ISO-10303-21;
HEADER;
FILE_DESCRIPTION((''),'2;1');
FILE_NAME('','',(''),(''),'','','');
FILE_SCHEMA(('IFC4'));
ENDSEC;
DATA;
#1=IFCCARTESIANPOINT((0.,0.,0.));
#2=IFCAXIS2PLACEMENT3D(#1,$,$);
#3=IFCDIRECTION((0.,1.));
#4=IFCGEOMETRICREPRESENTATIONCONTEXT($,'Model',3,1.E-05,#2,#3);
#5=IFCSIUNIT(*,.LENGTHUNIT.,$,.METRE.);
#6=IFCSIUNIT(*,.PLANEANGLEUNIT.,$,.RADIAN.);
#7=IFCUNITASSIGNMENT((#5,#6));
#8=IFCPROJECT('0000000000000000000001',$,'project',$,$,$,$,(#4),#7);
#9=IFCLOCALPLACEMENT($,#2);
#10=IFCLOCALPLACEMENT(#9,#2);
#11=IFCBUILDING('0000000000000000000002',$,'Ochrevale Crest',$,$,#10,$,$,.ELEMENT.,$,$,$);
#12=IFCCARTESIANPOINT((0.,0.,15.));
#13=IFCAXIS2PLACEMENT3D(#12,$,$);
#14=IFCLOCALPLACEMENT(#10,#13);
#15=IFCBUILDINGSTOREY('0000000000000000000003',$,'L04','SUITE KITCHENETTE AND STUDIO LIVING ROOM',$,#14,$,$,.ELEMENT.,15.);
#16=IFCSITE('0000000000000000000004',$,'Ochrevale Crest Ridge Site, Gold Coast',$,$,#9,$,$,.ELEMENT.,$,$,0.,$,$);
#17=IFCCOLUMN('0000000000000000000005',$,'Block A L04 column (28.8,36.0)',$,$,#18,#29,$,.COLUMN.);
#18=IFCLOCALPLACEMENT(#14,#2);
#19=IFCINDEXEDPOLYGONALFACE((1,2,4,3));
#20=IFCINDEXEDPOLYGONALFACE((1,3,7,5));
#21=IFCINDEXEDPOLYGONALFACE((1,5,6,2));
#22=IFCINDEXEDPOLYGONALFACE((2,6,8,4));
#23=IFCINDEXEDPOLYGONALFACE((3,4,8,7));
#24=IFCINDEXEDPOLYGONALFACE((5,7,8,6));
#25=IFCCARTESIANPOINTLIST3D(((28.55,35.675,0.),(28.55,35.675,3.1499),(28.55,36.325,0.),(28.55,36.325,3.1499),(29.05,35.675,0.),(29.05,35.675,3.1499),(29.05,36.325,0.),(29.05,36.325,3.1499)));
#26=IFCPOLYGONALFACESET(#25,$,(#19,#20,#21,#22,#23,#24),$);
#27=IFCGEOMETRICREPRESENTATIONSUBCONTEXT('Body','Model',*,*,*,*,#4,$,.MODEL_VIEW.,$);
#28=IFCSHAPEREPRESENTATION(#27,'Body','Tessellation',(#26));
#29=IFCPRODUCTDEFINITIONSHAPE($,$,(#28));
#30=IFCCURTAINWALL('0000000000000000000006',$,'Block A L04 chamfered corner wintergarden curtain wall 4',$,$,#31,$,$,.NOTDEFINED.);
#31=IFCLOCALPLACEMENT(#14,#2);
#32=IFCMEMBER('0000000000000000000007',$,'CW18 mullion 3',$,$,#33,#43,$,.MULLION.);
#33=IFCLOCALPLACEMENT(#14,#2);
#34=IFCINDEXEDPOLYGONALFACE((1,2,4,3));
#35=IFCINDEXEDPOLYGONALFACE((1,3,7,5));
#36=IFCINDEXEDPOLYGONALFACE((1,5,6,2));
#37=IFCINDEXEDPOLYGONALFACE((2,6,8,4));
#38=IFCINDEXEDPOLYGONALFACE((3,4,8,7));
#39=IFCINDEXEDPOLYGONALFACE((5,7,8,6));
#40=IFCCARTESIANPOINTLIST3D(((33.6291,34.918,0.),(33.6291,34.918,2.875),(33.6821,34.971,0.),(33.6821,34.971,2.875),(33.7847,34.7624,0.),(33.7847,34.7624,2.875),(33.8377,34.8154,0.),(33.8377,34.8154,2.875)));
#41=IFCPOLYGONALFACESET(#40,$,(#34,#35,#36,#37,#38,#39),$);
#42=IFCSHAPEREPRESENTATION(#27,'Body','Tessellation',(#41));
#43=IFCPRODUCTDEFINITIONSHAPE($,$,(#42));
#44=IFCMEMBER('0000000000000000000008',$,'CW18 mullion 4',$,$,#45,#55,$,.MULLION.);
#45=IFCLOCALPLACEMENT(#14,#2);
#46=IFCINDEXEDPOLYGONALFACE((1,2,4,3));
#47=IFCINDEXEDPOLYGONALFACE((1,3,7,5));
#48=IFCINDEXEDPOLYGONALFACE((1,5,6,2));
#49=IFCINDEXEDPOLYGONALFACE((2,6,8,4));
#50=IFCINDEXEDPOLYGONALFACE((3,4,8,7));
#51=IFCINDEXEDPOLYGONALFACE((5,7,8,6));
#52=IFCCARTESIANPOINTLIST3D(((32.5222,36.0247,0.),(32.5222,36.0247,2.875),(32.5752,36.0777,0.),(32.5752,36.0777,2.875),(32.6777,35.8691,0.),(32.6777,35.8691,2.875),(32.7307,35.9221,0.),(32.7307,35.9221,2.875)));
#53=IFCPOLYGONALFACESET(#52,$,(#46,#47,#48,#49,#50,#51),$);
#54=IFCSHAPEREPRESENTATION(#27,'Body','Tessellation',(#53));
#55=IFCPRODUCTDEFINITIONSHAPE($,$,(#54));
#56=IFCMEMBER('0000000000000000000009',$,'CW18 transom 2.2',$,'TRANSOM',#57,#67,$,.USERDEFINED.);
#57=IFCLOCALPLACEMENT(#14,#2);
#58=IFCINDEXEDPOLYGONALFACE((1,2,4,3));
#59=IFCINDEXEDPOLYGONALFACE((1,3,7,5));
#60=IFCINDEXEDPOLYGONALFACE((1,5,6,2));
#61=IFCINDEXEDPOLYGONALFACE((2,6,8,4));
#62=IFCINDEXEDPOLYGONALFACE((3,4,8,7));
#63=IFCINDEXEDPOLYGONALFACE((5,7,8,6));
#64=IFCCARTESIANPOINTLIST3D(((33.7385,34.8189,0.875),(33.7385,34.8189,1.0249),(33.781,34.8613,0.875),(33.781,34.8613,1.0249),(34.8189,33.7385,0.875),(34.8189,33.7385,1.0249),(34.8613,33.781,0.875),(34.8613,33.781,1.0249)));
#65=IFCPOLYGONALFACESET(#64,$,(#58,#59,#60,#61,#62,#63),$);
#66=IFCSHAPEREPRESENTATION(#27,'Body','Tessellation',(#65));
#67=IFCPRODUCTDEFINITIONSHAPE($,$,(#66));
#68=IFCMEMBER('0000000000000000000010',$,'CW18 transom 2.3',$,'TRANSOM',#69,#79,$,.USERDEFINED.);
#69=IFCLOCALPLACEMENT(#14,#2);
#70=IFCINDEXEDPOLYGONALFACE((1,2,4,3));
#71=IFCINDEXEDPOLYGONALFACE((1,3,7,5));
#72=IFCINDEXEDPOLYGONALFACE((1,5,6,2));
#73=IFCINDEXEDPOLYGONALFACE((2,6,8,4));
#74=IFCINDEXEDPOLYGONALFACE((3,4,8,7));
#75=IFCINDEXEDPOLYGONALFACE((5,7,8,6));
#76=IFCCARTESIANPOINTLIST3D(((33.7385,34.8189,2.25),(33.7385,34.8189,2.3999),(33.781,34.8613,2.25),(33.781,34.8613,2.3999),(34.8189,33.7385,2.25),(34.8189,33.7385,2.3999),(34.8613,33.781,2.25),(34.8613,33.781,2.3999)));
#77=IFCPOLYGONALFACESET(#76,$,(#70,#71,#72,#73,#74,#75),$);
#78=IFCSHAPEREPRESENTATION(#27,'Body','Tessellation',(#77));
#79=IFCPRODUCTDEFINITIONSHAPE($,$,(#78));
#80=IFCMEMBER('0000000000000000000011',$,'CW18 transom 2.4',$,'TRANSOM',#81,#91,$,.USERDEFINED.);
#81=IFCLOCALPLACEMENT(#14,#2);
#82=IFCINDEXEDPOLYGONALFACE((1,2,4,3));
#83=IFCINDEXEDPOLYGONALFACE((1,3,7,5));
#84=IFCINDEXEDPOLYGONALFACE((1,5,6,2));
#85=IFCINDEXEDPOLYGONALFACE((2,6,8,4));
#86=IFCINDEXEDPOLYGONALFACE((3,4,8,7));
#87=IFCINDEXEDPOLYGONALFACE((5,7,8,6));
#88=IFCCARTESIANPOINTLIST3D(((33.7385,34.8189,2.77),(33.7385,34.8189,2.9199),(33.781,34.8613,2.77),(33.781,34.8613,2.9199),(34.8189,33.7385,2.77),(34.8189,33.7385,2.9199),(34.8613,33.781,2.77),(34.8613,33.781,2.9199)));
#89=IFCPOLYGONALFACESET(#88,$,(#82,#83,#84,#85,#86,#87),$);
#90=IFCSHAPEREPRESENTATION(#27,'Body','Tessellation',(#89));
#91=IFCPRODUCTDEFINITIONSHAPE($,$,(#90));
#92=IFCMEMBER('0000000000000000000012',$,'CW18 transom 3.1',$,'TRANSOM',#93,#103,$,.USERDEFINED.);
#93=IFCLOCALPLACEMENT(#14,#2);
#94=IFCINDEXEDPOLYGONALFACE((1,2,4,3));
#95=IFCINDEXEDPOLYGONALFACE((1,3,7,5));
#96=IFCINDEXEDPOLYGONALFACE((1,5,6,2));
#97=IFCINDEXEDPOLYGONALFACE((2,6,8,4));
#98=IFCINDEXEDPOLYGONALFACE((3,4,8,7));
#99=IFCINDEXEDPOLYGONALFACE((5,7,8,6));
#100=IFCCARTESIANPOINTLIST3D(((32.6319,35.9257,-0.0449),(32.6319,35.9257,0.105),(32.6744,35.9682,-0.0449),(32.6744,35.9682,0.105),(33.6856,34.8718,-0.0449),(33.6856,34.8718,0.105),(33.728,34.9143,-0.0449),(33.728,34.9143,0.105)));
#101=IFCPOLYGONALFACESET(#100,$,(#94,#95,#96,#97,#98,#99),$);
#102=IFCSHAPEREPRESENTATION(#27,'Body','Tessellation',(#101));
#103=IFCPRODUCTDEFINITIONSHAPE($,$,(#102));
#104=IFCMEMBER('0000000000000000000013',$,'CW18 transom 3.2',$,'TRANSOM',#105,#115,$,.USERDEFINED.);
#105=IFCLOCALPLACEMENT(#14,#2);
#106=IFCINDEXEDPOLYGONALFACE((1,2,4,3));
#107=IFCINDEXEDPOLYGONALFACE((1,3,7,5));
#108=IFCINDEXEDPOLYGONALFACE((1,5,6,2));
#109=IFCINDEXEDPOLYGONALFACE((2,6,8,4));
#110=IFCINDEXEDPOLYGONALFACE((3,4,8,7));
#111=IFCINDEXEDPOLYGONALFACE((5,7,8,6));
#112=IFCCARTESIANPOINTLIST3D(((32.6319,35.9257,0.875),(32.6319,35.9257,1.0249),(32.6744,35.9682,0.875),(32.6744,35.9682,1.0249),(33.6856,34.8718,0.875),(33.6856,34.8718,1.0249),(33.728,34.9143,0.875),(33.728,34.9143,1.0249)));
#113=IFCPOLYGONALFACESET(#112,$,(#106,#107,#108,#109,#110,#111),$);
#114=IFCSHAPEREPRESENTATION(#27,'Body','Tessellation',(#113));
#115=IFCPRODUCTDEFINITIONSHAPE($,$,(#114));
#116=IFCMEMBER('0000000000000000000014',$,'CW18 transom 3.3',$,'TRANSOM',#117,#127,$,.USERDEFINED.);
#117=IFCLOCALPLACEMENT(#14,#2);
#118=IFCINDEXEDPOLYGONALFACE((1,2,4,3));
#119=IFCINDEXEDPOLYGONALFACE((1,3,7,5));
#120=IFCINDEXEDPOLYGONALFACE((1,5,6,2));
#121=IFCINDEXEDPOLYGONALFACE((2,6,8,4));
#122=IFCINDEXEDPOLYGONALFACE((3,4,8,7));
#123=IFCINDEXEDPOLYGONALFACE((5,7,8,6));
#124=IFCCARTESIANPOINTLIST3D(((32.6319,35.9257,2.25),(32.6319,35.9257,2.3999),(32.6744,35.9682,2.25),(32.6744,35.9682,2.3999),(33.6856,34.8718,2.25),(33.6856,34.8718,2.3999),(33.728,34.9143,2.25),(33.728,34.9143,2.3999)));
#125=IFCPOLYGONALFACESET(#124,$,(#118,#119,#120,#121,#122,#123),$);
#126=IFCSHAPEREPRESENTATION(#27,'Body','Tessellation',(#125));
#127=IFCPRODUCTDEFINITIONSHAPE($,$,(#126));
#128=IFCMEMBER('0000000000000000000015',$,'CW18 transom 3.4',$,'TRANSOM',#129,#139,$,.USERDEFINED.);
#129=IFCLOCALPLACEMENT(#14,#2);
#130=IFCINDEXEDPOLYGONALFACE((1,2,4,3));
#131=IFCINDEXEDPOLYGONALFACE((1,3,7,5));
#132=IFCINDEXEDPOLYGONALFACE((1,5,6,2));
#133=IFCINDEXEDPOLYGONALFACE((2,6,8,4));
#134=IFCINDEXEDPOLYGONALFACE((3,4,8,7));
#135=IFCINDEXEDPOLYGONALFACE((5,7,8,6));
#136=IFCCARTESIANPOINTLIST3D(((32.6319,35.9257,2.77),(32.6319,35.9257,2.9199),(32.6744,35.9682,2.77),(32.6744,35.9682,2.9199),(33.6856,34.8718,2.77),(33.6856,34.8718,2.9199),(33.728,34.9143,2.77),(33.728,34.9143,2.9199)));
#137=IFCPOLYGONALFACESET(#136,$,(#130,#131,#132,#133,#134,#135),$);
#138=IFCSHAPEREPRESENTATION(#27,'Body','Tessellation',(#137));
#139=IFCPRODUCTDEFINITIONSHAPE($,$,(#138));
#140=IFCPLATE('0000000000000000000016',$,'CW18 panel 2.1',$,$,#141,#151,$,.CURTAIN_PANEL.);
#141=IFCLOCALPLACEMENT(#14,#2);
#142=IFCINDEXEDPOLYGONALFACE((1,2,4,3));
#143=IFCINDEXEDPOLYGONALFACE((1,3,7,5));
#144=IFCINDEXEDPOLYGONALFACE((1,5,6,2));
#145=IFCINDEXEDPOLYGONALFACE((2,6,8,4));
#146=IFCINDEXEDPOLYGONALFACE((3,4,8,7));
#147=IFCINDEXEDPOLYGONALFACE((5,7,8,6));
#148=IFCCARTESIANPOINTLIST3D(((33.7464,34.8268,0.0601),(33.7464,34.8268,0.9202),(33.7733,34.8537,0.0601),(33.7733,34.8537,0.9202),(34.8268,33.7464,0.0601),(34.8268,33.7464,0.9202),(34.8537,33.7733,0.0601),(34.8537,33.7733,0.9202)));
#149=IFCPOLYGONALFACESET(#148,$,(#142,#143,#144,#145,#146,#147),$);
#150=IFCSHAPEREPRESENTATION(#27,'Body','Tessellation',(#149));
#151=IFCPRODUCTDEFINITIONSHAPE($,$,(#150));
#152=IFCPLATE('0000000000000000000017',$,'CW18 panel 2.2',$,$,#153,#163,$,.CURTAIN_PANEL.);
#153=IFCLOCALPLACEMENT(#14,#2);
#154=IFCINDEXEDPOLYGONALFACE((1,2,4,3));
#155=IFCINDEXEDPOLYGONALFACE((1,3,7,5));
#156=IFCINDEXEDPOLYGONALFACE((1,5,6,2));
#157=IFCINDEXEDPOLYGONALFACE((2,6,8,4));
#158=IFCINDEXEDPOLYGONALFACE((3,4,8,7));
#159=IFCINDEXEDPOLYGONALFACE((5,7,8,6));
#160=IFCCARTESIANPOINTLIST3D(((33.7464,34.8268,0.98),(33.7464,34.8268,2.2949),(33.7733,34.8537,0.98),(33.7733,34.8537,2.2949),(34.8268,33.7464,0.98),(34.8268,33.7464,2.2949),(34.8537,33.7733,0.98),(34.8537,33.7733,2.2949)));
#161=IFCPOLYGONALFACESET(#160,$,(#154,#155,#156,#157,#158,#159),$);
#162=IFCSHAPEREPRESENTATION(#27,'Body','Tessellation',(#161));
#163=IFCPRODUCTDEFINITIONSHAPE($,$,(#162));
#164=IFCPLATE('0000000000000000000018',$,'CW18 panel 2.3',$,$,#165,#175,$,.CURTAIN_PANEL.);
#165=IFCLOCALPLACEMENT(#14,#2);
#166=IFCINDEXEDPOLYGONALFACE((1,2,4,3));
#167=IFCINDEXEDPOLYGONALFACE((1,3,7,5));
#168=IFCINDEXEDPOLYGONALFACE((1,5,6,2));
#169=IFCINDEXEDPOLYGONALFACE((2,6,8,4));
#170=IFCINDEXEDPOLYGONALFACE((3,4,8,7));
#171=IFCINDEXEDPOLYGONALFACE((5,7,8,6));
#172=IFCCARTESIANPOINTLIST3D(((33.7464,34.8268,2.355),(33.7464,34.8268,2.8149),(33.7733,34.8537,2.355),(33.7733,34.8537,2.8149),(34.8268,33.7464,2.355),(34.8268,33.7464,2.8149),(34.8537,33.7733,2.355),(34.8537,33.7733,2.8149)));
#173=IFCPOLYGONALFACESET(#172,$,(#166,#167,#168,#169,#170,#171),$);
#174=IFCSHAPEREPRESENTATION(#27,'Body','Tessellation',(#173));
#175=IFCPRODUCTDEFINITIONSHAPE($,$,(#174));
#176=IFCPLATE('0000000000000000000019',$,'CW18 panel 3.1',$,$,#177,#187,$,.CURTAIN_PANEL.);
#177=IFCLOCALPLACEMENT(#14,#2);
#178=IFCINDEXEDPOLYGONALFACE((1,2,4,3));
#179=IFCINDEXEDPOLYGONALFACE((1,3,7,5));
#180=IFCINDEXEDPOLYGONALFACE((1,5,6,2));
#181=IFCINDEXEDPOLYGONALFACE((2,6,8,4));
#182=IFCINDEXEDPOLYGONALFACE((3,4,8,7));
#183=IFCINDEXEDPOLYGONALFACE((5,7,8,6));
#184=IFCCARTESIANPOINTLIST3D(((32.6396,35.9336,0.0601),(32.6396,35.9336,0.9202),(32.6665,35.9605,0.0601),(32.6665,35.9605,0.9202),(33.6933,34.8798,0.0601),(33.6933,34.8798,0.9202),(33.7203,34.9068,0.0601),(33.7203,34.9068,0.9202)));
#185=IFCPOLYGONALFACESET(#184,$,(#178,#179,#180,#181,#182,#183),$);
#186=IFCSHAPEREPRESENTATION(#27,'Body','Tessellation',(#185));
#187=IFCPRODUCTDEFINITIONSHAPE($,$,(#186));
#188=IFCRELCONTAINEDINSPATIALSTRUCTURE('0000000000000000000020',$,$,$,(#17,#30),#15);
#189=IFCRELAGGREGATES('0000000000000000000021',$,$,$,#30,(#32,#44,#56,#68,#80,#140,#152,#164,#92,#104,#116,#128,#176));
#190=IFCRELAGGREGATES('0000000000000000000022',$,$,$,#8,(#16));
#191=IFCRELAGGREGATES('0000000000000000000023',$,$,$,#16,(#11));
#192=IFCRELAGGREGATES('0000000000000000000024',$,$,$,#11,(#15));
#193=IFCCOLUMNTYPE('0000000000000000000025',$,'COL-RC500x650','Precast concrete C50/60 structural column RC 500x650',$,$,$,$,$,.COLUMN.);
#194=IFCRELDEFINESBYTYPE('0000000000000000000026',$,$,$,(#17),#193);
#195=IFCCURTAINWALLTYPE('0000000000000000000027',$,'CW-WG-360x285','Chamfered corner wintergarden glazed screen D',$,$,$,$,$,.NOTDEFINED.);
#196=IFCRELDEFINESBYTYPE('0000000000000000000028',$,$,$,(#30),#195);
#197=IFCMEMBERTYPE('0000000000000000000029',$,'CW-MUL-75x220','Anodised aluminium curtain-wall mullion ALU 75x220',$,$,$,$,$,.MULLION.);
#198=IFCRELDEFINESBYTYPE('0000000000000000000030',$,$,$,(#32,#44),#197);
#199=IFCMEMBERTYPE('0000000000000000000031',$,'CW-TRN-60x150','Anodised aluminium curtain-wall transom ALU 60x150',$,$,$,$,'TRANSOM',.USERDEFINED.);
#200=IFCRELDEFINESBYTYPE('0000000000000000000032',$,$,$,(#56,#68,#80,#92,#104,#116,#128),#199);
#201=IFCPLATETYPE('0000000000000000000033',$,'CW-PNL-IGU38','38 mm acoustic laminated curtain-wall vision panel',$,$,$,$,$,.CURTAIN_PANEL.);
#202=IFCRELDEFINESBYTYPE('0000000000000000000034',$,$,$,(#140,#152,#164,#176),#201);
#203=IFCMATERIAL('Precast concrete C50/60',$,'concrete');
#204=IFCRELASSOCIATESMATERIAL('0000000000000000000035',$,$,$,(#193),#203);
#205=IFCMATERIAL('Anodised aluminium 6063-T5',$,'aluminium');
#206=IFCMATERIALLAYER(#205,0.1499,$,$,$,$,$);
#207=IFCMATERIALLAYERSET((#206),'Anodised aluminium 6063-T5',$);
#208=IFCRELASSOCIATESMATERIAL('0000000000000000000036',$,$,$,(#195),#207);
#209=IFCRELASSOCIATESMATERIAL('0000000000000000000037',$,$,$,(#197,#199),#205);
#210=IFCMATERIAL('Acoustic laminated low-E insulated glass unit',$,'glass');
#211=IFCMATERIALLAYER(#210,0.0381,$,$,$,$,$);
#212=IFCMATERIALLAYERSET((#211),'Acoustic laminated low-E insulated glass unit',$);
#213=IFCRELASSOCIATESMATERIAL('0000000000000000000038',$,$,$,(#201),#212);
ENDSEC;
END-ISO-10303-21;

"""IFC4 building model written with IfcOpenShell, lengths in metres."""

from ifc_helpers import new_model, si_unit, direction, frame, origin, origin_2d, place, context, subcontext, project, spatial, rectangle, extrude, material, layer, layer_set, material_profile, profile_set, type_object, element, aggregate, save


model = new_model("IFC4")

# Units and contexts
model_context = context("Model", 3, precision=1e-05, world=origin(), true_north=direction((0.0, 1.0)))
body_context = subcontext(model_context, "Body", "Model", "MODEL_VIEW")
ifc_project = project(units=[si_unit("LENGTHUNIT", "METRE"), si_unit("PLANEANGLEUNIT", "RADIAN")], contexts=[model_context])

# Site, building, storey
site_placement = place(None, origin())
site = spatial("IfcSite", under=ifc_project, at=site_placement, Name="Ochrevale Crest Ridge Site, Gold Coast", CompositionType="ELEMENT", RefElevation=0.0)
building_placement = place(site_placement, origin())
building = spatial("IfcBuilding", under=site, at=building_placement, Name="Ochrevale Crest", CompositionType="ELEMENT")
storey_placement = place(building_placement, frame((0.0, 0.0, 15.0)))
storey = spatial("IfcBuildingStorey", under=building, at=storey_placement, Name="L04", Description="SUITE KITCHENETTE AND STUDIO LIVING ROOM", CompositionType="ELEMENT", Elevation=15.0)

# Column
ifc_material_1 = material(Name="Precast concrete C50/60", Category="concrete")
ifc_material_profile_1 = material_profile(ifc_material_1, rectangle(XDim=0.5, YDim=0.6499, at=origin_2d()), Name="RC 500x650")
ifc_profile_set_1 = profile_set([ifc_material_profile_1], Name="Precast concrete C50/60")
column_type = type_object("IfcColumnType", Name="COL-RC500x650", Description="Precast concrete C50/60 structural column RC 500x650", PredefinedType="COLUMN", material=ifc_profile_set_1)
column_placement = place(storey_placement, frame((28.8, 36.0, 0.0), z_axis=(0.0, 0.0, 1.0), x_axis=(1.0, 0.0, 0.0)))
element("IfcColumn", 1, at=column_placement, inside=storey, type_object=column_type, Name="Block A L04 column (28.8,36.0)", PredefinedType="COLUMN", context=body_context, shape_type="SweptSolid", body=[
    extrude(rectangle(XDim=0.5, YDim=0.6499, at=origin_2d()), origin(), (0.0, 0.0, 1.0), 3.1499),
])

# Curtain wall, members, plates
ifc_material_2 = material(Name="Anodised aluminium 6063-T5", Category="aluminium")
ifc_layer_1 = layer(ifc_material_2, 0.1499)
ifc_layer_set_1 = layer_set([ifc_layer_1], Name="Anodised aluminium 6063-T5")
curtain_wall_type = type_object("IfcCurtainWallType", Name="CW-WG-360x285", Description="Chamfered corner wintergarden glazed screen D", PredefinedType="NOTDEFINED", material=ifc_layer_set_1)
curtain_wall_placement = place(storey_placement, origin())
curtain_wall = element("IfcCurtainWall", 2, at=curtain_wall_placement, inside=storey, type_object=curtain_wall_type, Name="Block A L04 chamfered corner wintergarden curtain wall 4", PredefinedType="NOTDEFINED")
ifc_material_profile_2 = material_profile(ifc_material_2, rectangle(XDim=0.075, YDim=0.22, at=origin_2d()), Name="ALU 75x220")
ifc_profile_set_2 = profile_set([ifc_material_profile_2], Name="Anodised aluminium 6063-T5")
member_type_1 = type_object("IfcMemberType", Name="CW-MUL-75x220", Description="Anodised aluminium curtain-wall mullion ALU 75x220", PredefinedType="MULLION", material=ifc_profile_set_2)
member_1_placement = place(storey_placement, frame((33.7334, 34.8667, 0.0), z_axis=(0.0, 0.0, 1.0), x_axis=(-0.707107, -0.707107, 0.0)))
member_1 = element("IfcMember", 3, at=member_1_placement, type_object=member_type_1, Name="CW18 mullion 3", PredefinedType="MULLION", context=body_context, shape_type="SweptSolid", body=[
    extrude(rectangle(XDim=0.075, YDim=0.22, at=origin_2d()), origin(), (0.0, 0.0, 1.0), 2.875),
])
member_2_placement = place(storey_placement, frame((32.6265, 35.9734, 0.0), z_axis=(0.0, 0.0, 1.0), x_axis=(-0.707107, -0.707107, 0.0)))
member_2 = element("IfcMember", 4, at=member_2_placement, type_object=member_type_1, Name="CW18 mullion 4", PredefinedType="MULLION", context=body_context, shape_type="SweptSolid", body=[
    extrude(rectangle(XDim=0.075, YDim=0.22, at=origin_2d()), origin(), (0.0, 0.0, 1.0), 2.875),
])
ifc_material_profile_3 = material_profile(ifc_material_2, rectangle(XDim=0.0601, YDim=0.1499, at=origin_2d()), Name="ALU 60x150")
ifc_profile_set_3 = profile_set([ifc_material_profile_3], Name="Anodised aluminium 6063-T5")
member_type_2 = type_object("IfcMemberType", Name="CW-TRN-60x150", Description="Anodised aluminium curtain-wall transom ALU 60x150", ElementType="TRANSOM", PredefinedType="USERDEFINED", material=ifc_profile_set_3)
member_3_placement = place(storey_placement, frame((34.8401, 33.7598, 0.95), z_axis=(-0.707107, 0.707107, 0.0), x_axis=(-0.707107, -0.707107, 0.0)))
member_3 = element("IfcMember", 5, at=member_3_placement, type_object=member_type_2, Name="CW18 transom 2.2", ObjectType="TRANSOM", PredefinedType="USERDEFINED", context=body_context, shape_type="SweptSolid", body=[
    extrude(rectangle(XDim=0.0601, YDim=0.1499, at=origin_2d()), origin(), (0.0, 0.0, 1.0), 1.5278),
])
member_4_placement = place(storey_placement, frame((34.8401, 33.7598, 2.325), z_axis=(-0.707107, 0.707107, 0.0), x_axis=(-0.707107, -0.707107, 0.0)))
member_4 = element("IfcMember", 6, at=member_4_placement, type_object=member_type_2, Name="CW18 transom 2.3", ObjectType="TRANSOM", PredefinedType="USERDEFINED", context=body_context, shape_type="SweptSolid", body=[
    extrude(rectangle(XDim=0.0601, YDim=0.1499, at=origin_2d()), origin(), (0.0, 0.0, 1.0), 1.5278),
])
member_5_placement = place(storey_placement, frame((34.8401, 33.7598, 2.845), z_axis=(-0.707107, 0.707107, 0.0), x_axis=(-0.707107, -0.707107, 0.0)))
member_5 = element("IfcMember", 7, at=member_5_placement, type_object=member_type_2, Name="CW18 transom 2.4", ObjectType="TRANSOM", PredefinedType="USERDEFINED", context=body_context, shape_type="SweptSolid", body=[
    extrude(rectangle(XDim=0.0601, YDim=0.1499, at=origin_2d()), origin(), (0.0, 0.0, 1.0), 1.5278),
])
member_6_placement = place(storey_placement, frame((33.7068, 34.8931, 0.03), z_axis=(-0.707025, 0.707189, 0.0), x_axis=(-0.707189, -0.707025, 0.0)))
member_6 = element("IfcMember", 8, at=member_6_placement, type_object=member_type_2, Name="CW18 transom 3.1", ObjectType="TRANSOM", PredefinedType="USERDEFINED", context=body_context, shape_type="SweptSolid", body=[
    extrude(rectangle(XDim=0.0601, YDim=0.1499, at=origin_2d()), origin(), (0.0, 0.0, 1.0), 1.4902),
])
member_7_placement = place(storey_placement, frame((33.7068, 34.8931, 0.95), z_axis=(-0.707025, 0.707189, 0.0), x_axis=(-0.707189, -0.707025, 0.0)))
member_7 = element("IfcMember", 9, at=member_7_placement, type_object=member_type_2, Name="CW18 transom 3.2", ObjectType="TRANSOM", PredefinedType="USERDEFINED", context=body_context, shape_type="SweptSolid", body=[
    extrude(rectangle(XDim=0.0601, YDim=0.1499, at=origin_2d()), origin(), (0.0, 0.0, 1.0), 1.4902),
])
member_8_placement = place(storey_placement, frame((33.7068, 34.8931, 2.325), z_axis=(-0.707025, 0.707189, 0.0), x_axis=(-0.707189, -0.707025, 0.0)))
member_8 = element("IfcMember", 10, at=member_8_placement, type_object=member_type_2, Name="CW18 transom 3.3", ObjectType="TRANSOM", PredefinedType="USERDEFINED", context=body_context, shape_type="SweptSolid", body=[
    extrude(rectangle(XDim=0.0601, YDim=0.1499, at=origin_2d()), origin(), (0.0, 0.0, 1.0), 1.4902),
])
member_9_placement = place(storey_placement, frame((33.7068, 34.8931, 2.845), z_axis=(-0.707025, 0.707189, 0.0), x_axis=(-0.707189, -0.707025, 0.0)))
member_9 = element("IfcMember", 11, at=member_9_placement, type_object=member_type_2, Name="CW18 transom 3.4", ObjectType="TRANSOM", PredefinedType="USERDEFINED", context=body_context, shape_type="SweptSolid", body=[
    extrude(rectangle(XDim=0.0601, YDim=0.1499, at=origin_2d()), origin(), (0.0, 0.0, 1.0), 1.4902),
])
ifc_material_3 = material(Name="Acoustic laminated low-E insulated glass unit", Category="glass")
ifc_layer_2 = layer(ifc_material_3, 0.0381)
ifc_layer_set_2 = layer_set([ifc_layer_2], Name="Acoustic laminated low-E insulated glass unit")
plate_type = type_object("IfcPlateType", Name="CW-PNL-IGU38", Description="38 mm acoustic laminated curtain-wall vision panel", PredefinedType="CURTAIN_PANEL", material=ifc_layer_set_2)
plate_1_placement = place(storey_placement, frame((34.3, 34.3, 0.0601), z_axis=(0.0, 0.0, 1.0), x_axis=(-0.707107, 0.707107, 0.0)))
plate_1 = element("IfcPlate", 12, at=plate_1_placement, type_object=plate_type, Name="CW18 panel 2.1", PredefinedType="CURTAIN_PANEL", context=body_context, shape_type="SweptSolid", body=[
    extrude(rectangle(XDim=1.5278, YDim=0.0381, at=origin_2d()), origin(), (0.0, 0.0, 1.0), 0.8601),
])
plate_2_placement = place(storey_placement, frame((34.3, 34.3, 0.98), z_axis=(0.0, 0.0, 1.0), x_axis=(-0.707107, 0.707107, 0.0)))
plate_2 = element("IfcPlate", 13, at=plate_2_placement, type_object=plate_type, Name="CW18 panel 2.2", PredefinedType="CURTAIN_PANEL", context=body_context, shape_type="SweptSolid", body=[
    extrude(rectangle(XDim=1.5278, YDim=0.0381, at=origin_2d()), origin(), (0.0, 0.0, 1.0), 1.3149),
])
plate_3_placement = place(storey_placement, frame((34.3, 34.3, 2.355), z_axis=(0.0, 0.0, 1.0), x_axis=(-0.707107, 0.707107, 0.0)))
plate_3 = element("IfcPlate", 14, at=plate_3_placement, type_object=plate_type, Name="CW18 panel 2.3", PredefinedType="CURTAIN_PANEL", context=body_context, shape_type="SweptSolid", body=[
    extrude(rectangle(XDim=1.5278, YDim=0.0381, at=origin_2d()), origin(), (0.0, 0.0, 1.0), 0.46),
])
plate_4_placement = place(storey_placement, frame((33.1799, 35.4202, 0.0601), z_axis=(0.0, 0.0, 1.0), x_axis=(-0.707107, 0.707107, 0.0)))
plate_4 = element("IfcPlate", 15, at=plate_4_placement, type_object=plate_type, Name="CW18 panel 3.1", PredefinedType="CURTAIN_PANEL", context=body_context, shape_type="SweptSolid", body=[
    extrude(rectangle(XDim=1.4902, YDim=0.0381, at=origin_2d()), origin(), (0.0, 0.0, 1.0), 0.8601),
])
aggregate(curtain_wall, [member_1, member_2, member_3, member_4, member_5, plate_1, plate_2, plate_3, member_6, member_7, member_8, member_9, plate_4])

save(model, "model.ifc")
